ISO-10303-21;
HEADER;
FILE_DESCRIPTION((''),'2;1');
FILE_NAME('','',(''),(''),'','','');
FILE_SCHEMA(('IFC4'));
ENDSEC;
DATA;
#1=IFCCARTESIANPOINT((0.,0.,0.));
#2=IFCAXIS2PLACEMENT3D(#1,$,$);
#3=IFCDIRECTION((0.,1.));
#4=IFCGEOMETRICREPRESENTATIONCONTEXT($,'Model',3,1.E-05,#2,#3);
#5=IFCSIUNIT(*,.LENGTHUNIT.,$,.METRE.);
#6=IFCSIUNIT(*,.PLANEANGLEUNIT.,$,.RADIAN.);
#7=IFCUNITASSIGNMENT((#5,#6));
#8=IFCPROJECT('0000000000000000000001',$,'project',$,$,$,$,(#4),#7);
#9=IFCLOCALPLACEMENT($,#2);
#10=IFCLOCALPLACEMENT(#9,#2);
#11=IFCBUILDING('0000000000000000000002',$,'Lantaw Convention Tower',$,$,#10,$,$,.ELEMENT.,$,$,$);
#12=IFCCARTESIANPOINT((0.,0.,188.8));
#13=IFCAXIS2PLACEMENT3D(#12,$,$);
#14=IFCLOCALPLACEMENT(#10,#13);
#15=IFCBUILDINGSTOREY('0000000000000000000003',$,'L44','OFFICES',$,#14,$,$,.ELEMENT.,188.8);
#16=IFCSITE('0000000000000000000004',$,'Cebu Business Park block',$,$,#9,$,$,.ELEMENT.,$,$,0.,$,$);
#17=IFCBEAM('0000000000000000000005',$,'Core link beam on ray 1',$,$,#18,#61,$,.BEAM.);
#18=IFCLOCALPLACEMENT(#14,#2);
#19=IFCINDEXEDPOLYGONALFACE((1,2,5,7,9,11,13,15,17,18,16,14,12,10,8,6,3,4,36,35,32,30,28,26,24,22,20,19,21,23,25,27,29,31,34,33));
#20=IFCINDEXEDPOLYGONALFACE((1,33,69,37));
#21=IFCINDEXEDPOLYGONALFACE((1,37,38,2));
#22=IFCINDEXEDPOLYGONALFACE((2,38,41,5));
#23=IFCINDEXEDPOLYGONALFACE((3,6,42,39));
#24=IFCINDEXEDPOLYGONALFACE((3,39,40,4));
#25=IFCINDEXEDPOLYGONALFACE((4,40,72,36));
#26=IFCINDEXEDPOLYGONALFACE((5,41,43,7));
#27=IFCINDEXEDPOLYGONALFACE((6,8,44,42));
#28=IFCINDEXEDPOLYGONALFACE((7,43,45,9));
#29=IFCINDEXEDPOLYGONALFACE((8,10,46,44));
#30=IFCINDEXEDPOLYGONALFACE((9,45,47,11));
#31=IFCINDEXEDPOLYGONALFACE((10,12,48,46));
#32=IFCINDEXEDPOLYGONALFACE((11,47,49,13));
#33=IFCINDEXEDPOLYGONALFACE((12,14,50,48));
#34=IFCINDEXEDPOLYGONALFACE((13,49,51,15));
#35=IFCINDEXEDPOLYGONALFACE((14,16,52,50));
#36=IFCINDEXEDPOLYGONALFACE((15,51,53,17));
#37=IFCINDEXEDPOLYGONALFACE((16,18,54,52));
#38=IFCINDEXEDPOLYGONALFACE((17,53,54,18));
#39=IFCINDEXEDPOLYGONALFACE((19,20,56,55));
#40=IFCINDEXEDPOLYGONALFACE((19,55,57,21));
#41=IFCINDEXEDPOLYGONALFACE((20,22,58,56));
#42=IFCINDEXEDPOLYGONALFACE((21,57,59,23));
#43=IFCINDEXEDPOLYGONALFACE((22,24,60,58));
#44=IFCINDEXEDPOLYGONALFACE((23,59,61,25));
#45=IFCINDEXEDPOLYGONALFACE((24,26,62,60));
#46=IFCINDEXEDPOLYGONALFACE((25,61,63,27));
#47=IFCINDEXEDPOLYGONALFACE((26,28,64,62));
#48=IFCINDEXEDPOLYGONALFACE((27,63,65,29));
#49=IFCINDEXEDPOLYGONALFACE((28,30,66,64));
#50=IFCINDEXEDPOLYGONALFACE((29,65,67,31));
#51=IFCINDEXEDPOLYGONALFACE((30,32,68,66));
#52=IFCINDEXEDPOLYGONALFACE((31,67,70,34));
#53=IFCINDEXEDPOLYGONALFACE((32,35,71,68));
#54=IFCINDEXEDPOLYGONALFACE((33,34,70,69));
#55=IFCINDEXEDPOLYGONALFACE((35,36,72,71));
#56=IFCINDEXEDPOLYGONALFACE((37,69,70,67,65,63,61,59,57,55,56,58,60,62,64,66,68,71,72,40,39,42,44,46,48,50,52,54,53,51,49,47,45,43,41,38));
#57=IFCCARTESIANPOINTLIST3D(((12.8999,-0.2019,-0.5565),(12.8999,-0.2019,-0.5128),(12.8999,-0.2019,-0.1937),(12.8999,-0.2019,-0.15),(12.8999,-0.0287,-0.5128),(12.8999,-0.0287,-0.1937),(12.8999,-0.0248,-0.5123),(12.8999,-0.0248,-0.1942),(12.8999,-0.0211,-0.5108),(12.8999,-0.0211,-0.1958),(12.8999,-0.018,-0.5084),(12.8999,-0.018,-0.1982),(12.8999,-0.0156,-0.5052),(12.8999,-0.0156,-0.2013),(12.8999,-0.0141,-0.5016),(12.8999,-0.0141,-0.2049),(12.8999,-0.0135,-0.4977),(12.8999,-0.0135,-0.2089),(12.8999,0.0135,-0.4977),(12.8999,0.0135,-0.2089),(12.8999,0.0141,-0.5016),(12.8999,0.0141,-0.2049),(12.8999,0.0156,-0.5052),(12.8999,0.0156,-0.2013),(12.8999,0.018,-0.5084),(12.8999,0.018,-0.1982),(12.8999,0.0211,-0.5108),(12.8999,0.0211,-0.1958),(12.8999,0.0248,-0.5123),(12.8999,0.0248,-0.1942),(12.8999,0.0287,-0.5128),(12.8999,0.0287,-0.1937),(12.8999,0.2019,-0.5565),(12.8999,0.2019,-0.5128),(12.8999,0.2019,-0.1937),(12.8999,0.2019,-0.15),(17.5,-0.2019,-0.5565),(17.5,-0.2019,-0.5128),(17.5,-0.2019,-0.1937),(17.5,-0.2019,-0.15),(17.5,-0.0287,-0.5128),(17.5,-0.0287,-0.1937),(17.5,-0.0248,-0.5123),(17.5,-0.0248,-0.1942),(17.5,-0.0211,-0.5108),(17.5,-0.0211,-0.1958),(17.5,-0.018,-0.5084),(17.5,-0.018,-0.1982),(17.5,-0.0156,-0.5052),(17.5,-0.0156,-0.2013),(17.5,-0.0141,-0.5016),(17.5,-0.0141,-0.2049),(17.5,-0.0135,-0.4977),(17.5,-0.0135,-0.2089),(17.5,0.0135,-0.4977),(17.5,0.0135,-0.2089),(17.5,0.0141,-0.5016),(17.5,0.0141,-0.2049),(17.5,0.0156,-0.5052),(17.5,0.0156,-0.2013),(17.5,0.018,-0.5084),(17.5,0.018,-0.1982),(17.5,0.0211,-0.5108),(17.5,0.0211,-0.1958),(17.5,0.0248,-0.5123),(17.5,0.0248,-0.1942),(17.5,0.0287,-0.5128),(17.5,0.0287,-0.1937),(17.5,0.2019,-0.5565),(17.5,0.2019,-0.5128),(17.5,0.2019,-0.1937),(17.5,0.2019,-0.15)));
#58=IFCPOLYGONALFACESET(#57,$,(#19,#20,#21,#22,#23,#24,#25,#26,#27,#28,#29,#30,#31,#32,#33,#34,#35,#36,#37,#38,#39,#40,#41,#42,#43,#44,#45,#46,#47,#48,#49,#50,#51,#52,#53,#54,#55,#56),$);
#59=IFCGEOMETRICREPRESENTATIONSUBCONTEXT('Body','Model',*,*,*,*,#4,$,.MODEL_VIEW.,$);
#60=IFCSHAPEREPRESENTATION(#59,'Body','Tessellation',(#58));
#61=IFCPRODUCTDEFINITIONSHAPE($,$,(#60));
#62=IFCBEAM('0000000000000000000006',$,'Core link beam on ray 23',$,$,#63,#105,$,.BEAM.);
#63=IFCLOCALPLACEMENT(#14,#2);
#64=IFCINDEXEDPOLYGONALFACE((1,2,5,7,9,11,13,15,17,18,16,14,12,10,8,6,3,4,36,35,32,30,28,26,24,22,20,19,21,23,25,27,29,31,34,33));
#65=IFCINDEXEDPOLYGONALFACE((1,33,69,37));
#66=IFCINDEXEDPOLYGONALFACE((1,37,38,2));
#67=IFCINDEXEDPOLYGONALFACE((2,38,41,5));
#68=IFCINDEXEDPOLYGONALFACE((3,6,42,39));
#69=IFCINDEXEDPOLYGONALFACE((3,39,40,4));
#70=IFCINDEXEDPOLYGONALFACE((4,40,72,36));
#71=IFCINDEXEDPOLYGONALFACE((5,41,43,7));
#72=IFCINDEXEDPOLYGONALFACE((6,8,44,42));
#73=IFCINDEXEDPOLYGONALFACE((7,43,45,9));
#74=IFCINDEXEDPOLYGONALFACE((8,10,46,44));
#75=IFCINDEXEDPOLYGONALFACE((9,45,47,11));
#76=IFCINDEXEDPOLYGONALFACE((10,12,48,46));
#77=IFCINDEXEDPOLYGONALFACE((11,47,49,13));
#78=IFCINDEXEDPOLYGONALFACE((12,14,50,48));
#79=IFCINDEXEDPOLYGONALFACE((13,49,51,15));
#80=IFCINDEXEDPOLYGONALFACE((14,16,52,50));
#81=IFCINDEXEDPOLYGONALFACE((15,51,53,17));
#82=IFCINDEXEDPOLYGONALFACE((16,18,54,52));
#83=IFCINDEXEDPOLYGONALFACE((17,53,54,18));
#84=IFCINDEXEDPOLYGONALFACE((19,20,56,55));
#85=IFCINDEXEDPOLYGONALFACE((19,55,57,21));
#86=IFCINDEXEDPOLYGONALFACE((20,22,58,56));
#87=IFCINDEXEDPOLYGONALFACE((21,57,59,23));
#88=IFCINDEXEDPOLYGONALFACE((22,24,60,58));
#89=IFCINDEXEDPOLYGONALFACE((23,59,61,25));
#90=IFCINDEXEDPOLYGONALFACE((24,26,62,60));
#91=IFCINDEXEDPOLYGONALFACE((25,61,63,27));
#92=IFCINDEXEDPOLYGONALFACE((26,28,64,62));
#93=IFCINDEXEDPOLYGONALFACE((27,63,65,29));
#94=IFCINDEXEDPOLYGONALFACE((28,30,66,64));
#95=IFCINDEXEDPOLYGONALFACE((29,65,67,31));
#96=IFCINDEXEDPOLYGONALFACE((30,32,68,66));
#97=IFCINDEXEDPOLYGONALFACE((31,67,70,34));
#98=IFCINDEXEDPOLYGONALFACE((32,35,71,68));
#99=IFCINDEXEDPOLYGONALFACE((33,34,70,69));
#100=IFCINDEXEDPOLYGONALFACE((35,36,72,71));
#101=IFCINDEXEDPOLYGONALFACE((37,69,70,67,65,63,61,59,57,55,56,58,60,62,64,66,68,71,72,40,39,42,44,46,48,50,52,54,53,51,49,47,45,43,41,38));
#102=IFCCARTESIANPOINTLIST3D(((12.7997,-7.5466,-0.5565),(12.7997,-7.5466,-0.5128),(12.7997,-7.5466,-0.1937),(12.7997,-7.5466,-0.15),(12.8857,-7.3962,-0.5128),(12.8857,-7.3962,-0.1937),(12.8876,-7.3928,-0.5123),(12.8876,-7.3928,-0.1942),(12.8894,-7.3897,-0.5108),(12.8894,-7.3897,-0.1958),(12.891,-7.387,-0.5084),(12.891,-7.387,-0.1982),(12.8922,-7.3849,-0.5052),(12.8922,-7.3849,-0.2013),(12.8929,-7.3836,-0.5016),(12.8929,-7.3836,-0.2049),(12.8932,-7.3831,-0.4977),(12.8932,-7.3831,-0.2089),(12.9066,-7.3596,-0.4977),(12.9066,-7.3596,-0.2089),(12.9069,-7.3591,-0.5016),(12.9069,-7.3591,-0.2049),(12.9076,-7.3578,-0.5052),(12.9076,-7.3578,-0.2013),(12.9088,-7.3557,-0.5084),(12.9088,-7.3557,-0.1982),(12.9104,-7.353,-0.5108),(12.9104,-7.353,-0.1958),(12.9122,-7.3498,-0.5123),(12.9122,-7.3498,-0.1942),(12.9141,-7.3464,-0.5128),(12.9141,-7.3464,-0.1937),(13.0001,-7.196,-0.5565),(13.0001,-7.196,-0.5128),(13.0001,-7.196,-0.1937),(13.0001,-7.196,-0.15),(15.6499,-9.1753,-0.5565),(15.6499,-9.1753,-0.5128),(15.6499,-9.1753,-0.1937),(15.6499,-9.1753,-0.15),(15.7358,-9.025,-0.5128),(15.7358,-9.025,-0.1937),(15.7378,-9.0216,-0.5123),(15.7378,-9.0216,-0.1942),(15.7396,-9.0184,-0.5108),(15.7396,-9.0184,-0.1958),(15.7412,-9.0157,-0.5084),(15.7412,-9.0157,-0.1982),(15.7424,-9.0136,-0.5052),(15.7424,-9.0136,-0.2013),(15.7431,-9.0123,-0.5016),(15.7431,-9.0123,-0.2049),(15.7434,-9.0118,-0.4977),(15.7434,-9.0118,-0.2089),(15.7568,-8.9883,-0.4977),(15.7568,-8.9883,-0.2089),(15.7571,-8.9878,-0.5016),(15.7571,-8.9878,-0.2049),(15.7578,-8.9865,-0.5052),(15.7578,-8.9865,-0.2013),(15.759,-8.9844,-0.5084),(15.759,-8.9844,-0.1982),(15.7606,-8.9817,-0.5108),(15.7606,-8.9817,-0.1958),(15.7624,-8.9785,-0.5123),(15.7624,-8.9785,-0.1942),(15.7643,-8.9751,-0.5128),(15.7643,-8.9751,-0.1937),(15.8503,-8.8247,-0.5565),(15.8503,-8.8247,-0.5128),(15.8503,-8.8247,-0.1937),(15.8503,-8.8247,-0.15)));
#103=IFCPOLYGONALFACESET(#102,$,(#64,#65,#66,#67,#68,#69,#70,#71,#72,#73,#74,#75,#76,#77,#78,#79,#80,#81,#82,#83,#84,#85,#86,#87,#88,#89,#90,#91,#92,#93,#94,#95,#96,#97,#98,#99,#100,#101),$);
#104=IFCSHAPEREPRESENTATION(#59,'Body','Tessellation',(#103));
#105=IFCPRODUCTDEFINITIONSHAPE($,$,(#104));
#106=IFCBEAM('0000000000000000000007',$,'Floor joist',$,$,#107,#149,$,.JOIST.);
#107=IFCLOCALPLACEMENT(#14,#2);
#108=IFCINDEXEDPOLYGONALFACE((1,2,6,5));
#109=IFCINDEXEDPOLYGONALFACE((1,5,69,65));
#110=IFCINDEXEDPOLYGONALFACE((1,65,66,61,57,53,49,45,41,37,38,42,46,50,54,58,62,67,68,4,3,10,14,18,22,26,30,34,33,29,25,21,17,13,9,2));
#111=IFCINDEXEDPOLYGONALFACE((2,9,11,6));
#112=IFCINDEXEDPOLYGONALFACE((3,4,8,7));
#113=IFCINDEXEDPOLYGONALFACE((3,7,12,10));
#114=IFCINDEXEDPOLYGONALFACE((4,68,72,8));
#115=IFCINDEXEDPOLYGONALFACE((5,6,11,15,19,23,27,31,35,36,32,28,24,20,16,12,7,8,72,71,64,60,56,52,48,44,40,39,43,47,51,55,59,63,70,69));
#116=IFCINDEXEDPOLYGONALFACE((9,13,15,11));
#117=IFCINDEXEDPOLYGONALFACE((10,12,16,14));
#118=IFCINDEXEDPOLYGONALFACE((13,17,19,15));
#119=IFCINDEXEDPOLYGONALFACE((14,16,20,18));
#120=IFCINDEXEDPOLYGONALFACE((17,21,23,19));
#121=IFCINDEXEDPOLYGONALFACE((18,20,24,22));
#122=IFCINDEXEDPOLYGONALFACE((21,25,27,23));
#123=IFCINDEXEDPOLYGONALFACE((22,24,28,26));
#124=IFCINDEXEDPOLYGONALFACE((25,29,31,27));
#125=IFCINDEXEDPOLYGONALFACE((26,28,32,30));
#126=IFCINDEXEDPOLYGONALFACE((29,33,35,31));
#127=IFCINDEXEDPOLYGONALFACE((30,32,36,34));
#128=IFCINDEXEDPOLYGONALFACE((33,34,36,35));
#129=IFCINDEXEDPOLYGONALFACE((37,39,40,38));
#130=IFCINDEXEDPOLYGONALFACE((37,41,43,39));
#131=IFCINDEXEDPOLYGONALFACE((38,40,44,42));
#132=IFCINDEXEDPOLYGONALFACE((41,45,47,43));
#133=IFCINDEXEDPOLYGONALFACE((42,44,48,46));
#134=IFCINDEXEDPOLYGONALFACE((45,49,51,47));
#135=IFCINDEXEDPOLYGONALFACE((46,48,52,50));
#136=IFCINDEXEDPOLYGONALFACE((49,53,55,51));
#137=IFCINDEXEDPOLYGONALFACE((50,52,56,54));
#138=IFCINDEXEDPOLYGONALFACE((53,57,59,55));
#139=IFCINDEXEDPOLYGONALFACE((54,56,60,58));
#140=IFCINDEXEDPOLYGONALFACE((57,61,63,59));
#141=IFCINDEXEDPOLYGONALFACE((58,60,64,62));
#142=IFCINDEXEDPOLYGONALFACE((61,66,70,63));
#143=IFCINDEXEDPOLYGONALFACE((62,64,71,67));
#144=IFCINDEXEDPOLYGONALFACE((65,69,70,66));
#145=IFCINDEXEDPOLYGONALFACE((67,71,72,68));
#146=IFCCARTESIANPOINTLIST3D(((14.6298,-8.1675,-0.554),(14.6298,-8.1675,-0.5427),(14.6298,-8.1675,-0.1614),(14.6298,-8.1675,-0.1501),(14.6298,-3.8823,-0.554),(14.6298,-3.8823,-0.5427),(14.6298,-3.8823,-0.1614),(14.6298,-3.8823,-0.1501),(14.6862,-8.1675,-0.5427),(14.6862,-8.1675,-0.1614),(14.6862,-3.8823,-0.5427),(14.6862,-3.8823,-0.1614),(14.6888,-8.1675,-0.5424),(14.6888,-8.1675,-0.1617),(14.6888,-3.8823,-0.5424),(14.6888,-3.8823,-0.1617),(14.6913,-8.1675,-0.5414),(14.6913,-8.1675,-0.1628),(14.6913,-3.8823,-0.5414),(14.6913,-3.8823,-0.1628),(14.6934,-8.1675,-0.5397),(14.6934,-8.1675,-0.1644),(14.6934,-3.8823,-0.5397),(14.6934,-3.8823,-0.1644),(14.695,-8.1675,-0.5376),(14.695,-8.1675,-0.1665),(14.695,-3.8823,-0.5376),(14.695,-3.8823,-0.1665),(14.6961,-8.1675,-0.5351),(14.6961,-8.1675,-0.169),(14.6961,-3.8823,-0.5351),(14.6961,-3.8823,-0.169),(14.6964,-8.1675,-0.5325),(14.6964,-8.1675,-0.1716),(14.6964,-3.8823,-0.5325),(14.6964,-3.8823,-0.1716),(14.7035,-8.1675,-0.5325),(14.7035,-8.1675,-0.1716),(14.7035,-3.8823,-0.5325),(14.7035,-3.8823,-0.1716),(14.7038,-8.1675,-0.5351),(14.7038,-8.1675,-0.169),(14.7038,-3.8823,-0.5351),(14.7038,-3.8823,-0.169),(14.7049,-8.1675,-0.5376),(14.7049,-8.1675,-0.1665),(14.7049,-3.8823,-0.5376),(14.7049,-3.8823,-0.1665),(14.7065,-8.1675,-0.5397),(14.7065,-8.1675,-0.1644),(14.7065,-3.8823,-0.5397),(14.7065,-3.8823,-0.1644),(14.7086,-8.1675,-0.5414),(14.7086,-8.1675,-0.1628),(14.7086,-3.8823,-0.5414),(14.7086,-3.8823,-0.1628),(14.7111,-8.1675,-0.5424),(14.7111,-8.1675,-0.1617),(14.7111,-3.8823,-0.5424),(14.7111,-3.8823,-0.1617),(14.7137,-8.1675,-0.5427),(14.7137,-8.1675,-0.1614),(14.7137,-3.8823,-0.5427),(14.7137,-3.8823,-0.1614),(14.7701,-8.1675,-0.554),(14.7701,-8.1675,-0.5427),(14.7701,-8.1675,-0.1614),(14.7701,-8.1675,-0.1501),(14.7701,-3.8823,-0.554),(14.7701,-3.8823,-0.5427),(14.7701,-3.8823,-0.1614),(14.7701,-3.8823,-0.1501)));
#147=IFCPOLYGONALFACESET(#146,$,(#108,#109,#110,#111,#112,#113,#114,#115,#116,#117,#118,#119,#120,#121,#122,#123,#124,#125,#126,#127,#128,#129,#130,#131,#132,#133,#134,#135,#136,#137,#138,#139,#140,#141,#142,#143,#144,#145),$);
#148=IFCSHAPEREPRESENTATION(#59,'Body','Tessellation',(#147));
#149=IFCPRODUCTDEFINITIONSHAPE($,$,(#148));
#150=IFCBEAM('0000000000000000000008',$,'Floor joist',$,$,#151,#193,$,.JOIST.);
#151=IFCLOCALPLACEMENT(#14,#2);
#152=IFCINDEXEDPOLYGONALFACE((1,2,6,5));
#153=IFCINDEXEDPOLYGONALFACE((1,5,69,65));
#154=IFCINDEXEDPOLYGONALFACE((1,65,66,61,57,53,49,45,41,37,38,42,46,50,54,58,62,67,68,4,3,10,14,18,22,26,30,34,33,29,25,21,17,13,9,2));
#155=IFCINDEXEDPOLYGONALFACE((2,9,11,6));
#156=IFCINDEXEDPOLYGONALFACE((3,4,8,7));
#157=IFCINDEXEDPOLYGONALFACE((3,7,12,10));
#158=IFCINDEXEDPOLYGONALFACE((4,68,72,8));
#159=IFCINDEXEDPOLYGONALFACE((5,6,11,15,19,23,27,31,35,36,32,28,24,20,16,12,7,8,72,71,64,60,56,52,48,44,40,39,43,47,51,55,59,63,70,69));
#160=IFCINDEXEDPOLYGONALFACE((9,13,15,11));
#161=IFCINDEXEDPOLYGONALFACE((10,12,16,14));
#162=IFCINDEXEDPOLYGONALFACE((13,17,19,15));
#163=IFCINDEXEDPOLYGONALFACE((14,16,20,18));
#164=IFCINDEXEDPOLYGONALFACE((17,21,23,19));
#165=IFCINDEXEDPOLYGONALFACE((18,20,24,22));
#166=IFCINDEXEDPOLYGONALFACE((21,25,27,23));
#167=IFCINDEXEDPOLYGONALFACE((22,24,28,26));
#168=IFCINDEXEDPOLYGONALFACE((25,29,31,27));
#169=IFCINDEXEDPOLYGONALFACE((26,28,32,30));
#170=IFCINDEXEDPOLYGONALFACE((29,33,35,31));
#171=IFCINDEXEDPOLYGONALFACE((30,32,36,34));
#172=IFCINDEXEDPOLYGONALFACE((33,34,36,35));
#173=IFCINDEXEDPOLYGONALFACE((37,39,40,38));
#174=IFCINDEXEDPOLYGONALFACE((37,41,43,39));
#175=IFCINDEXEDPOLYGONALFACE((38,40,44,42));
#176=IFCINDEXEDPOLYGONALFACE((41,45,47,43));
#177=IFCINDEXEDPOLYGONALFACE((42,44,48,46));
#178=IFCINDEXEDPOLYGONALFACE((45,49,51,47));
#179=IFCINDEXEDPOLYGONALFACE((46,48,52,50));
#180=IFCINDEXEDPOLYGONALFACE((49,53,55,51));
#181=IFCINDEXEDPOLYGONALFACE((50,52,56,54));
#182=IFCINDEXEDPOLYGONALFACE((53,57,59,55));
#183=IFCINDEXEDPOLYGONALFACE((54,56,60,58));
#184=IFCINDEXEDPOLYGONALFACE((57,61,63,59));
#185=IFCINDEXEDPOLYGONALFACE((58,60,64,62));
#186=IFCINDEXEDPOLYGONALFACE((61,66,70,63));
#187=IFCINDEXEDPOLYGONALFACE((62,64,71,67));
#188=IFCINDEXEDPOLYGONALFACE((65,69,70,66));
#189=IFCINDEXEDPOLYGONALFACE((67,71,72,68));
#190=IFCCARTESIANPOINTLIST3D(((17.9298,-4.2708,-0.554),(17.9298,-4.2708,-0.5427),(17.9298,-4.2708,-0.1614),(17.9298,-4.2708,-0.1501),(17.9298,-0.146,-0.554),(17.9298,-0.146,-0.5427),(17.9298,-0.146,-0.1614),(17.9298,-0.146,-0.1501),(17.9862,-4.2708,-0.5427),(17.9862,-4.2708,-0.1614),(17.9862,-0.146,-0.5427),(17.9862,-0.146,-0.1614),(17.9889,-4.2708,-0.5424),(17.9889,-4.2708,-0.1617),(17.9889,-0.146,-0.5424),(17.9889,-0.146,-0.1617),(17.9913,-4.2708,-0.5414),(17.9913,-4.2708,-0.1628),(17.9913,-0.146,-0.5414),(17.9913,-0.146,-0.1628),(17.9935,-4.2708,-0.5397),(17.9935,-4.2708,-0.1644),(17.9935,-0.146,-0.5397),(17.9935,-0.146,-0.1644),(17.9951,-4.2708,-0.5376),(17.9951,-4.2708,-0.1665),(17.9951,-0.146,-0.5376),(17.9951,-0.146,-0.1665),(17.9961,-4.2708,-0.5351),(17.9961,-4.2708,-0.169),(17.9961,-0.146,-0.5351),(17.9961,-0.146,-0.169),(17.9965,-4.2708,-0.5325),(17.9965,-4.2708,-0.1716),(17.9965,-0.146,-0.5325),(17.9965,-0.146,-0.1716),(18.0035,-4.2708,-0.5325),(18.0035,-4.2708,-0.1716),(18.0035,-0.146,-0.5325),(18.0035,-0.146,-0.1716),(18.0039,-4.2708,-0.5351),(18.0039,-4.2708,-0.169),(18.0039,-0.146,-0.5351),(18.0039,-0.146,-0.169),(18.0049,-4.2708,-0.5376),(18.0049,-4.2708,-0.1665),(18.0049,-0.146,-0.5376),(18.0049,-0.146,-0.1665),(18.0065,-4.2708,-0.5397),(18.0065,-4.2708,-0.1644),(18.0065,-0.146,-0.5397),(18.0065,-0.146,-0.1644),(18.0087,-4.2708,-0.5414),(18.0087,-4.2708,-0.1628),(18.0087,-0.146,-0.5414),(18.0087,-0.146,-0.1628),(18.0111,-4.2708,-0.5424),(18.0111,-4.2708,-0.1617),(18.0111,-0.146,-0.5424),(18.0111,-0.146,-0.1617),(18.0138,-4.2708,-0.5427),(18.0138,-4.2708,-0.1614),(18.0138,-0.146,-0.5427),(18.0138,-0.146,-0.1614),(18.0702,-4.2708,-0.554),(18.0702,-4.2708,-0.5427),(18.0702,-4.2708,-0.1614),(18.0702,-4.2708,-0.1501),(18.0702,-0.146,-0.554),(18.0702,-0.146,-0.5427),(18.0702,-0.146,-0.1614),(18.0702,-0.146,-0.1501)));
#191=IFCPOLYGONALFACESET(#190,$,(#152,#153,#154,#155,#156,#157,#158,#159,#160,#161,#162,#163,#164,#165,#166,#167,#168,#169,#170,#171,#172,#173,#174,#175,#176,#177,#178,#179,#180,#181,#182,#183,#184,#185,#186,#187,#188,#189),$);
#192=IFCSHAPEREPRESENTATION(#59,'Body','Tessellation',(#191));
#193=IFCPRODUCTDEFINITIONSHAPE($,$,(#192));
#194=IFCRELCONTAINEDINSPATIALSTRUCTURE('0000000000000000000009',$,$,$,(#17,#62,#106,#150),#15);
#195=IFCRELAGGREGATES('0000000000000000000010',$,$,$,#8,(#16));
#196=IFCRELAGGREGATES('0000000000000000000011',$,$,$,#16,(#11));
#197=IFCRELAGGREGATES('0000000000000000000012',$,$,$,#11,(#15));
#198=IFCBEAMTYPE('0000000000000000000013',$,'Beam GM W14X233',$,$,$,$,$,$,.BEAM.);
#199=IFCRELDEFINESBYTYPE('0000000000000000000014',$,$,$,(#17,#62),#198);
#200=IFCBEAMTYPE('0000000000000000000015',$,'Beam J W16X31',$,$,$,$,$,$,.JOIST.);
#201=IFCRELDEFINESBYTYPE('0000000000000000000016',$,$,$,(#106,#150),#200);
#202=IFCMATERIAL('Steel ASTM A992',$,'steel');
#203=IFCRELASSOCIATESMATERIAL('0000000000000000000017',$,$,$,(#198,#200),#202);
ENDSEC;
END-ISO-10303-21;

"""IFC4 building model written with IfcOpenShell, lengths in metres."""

from ifc_helpers import new_model, si_unit, direction, frame, origin, origin_2d, place, context, subcontext, project, spatial, i_section, extrude, material, material_profile, profile_set, type_object, element, save


model = new_model("IFC4")

# Units and contexts
model_context = context("Model", 3, precision=1e-05, world=origin(), true_north=direction((0.0, 1.0)))
body_context = subcontext(model_context, "Body", "Model", "MODEL_VIEW")
ifc_project = project(units=[si_unit("LENGTHUNIT", "METRE"), si_unit("PLANEANGLEUNIT", "RADIAN")], contexts=[model_context])

# Site, building, storey
site_placement = place(None, origin())
site = spatial("IfcSite", under=ifc_project, at=site_placement, Name="Cebu Business Park block", CompositionType="ELEMENT", RefElevation=0.0)
building_placement = place(site_placement, origin())
building = spatial("IfcBuilding", under=site, at=building_placement, Name="Lantaw Convention Tower", CompositionType="ELEMENT")
storey_placement = place(building_placement, frame((0.0, 0.0, 188.8)))
storey = spatial("IfcBuildingStorey", under=building, at=storey_placement, Name="L44", Description="OFFICES", CompositionType="ELEMENT", Elevation=188.8)

# Beams
ifc_material_1 = material(Name="Steel ASTM A992", Category="steel")
ifc_material_profile_1 = material_profile(ifc_material_1, i_section(OverallWidth=0.4038, OverallDepth=0.4065, WebThickness=0.0271, FlangeThickness=0.0437, FilletRadius=0.0151, at=origin_2d()), Name="W14X233")
ifc_profile_set_1 = profile_set([ifc_material_profile_1], Name="Steel ASTM A992")
beam_type_1 = type_object("IfcBeamType", Name="Beam GM W14X233", PredefinedType="BEAM", material=ifc_profile_set_1)
beam_1_placement = place(storey_placement, frame((12.8999, 0.0, -0.3533), z_axis=(1.0, 0.0, 0.0), x_axis=(0.0, 1.0, 0.0)))
element("IfcBeam", 1, at=beam_1_placement, inside=storey, type_object=beam_type_1, Name="Core link beam on ray 1", PredefinedType="BEAM", context=body_context, shape_type="SweptSolid", body=[
    extrude(i_section(OverallWidth=0.4038, OverallDepth=0.4065, WebThickness=0.0271, FlangeThickness=0.0437, FilletRadius=0.0151, at=origin_2d()), origin(), (0.0, 0.0, 1.0), 4.6001),
])
beam_2_placement = place(storey_placement, frame((12.8999, -7.3713, -0.3533), z_axis=(0.868239, -0.496147, 0.0), x_axis=(0.496147, 0.868239, 0.0)))
element("IfcBeam", 2, at=beam_2_placement, inside=storey, type_object=beam_type_1, Name="Core link beam on ray 23", PredefinedType="BEAM", context=body_context, shape_type="SweptSolid", body=[
    extrude(i_section(OverallWidth=0.4038, OverallDepth=0.4065, WebThickness=0.0271, FlangeThickness=0.0437, FilletRadius=0.0151, at=origin_2d()), origin(), (0.0, 0.0, 1.0), 3.2827),
])
ifc_material_profile_2 = material_profile(ifc_material_1, i_section(OverallWidth=0.1404, OverallDepth=0.4038, WebThickness=0.0071, FlangeThickness=0.0112, FilletRadius=0.0103, at=origin_2d()), Name="W16X31")
ifc_profile_set_2 = profile_set([ifc_material_profile_2], Name="Steel ASTM A992")
beam_type_2 = type_object("IfcBeamType", Name="Beam J W16X31", PredefinedType="JOIST", material=ifc_profile_set_2)
beam_3_placement = place(storey_placement, frame((14.7, -8.1675, -0.3521), z_axis=(0.0, 1.0, 0.0), x_axis=(-1.0, 0.0, 0.0)))
element("IfcBeam", 3, at=beam_3_placement, inside=storey, type_object=beam_type_2, Name="Floor joist", PredefinedType="JOIST", context=body_context, shape_type="SweptSolid", body=[
    extrude(i_section(OverallWidth=0.1404, OverallDepth=0.4038, WebThickness=0.0071, FlangeThickness=0.0112, FilletRadius=0.0103, at=origin_2d()), origin(), (0.0, 0.0, 1.0), 4.2852),
])
beam_4_placement = place(storey_placement, frame((18.0, -4.2708, -0.3521), z_axis=(0.0, 1.0, 0.0), x_axis=(-1.0, 0.0, 0.0)))
element("IfcBeam", 4, at=beam_4_placement, inside=storey, type_object=beam_type_2, Name="Floor joist", PredefinedType="JOIST", context=body_context, shape_type="SweptSolid", body=[
    extrude(i_section(OverallWidth=0.1404, OverallDepth=0.4038, WebThickness=0.0071, FlangeThickness=0.0112, FilletRadius=0.0103, at=origin_2d()), origin(), (0.0, 0.0, 1.0), 4.1248),
])

save(model, "model.ifc")
